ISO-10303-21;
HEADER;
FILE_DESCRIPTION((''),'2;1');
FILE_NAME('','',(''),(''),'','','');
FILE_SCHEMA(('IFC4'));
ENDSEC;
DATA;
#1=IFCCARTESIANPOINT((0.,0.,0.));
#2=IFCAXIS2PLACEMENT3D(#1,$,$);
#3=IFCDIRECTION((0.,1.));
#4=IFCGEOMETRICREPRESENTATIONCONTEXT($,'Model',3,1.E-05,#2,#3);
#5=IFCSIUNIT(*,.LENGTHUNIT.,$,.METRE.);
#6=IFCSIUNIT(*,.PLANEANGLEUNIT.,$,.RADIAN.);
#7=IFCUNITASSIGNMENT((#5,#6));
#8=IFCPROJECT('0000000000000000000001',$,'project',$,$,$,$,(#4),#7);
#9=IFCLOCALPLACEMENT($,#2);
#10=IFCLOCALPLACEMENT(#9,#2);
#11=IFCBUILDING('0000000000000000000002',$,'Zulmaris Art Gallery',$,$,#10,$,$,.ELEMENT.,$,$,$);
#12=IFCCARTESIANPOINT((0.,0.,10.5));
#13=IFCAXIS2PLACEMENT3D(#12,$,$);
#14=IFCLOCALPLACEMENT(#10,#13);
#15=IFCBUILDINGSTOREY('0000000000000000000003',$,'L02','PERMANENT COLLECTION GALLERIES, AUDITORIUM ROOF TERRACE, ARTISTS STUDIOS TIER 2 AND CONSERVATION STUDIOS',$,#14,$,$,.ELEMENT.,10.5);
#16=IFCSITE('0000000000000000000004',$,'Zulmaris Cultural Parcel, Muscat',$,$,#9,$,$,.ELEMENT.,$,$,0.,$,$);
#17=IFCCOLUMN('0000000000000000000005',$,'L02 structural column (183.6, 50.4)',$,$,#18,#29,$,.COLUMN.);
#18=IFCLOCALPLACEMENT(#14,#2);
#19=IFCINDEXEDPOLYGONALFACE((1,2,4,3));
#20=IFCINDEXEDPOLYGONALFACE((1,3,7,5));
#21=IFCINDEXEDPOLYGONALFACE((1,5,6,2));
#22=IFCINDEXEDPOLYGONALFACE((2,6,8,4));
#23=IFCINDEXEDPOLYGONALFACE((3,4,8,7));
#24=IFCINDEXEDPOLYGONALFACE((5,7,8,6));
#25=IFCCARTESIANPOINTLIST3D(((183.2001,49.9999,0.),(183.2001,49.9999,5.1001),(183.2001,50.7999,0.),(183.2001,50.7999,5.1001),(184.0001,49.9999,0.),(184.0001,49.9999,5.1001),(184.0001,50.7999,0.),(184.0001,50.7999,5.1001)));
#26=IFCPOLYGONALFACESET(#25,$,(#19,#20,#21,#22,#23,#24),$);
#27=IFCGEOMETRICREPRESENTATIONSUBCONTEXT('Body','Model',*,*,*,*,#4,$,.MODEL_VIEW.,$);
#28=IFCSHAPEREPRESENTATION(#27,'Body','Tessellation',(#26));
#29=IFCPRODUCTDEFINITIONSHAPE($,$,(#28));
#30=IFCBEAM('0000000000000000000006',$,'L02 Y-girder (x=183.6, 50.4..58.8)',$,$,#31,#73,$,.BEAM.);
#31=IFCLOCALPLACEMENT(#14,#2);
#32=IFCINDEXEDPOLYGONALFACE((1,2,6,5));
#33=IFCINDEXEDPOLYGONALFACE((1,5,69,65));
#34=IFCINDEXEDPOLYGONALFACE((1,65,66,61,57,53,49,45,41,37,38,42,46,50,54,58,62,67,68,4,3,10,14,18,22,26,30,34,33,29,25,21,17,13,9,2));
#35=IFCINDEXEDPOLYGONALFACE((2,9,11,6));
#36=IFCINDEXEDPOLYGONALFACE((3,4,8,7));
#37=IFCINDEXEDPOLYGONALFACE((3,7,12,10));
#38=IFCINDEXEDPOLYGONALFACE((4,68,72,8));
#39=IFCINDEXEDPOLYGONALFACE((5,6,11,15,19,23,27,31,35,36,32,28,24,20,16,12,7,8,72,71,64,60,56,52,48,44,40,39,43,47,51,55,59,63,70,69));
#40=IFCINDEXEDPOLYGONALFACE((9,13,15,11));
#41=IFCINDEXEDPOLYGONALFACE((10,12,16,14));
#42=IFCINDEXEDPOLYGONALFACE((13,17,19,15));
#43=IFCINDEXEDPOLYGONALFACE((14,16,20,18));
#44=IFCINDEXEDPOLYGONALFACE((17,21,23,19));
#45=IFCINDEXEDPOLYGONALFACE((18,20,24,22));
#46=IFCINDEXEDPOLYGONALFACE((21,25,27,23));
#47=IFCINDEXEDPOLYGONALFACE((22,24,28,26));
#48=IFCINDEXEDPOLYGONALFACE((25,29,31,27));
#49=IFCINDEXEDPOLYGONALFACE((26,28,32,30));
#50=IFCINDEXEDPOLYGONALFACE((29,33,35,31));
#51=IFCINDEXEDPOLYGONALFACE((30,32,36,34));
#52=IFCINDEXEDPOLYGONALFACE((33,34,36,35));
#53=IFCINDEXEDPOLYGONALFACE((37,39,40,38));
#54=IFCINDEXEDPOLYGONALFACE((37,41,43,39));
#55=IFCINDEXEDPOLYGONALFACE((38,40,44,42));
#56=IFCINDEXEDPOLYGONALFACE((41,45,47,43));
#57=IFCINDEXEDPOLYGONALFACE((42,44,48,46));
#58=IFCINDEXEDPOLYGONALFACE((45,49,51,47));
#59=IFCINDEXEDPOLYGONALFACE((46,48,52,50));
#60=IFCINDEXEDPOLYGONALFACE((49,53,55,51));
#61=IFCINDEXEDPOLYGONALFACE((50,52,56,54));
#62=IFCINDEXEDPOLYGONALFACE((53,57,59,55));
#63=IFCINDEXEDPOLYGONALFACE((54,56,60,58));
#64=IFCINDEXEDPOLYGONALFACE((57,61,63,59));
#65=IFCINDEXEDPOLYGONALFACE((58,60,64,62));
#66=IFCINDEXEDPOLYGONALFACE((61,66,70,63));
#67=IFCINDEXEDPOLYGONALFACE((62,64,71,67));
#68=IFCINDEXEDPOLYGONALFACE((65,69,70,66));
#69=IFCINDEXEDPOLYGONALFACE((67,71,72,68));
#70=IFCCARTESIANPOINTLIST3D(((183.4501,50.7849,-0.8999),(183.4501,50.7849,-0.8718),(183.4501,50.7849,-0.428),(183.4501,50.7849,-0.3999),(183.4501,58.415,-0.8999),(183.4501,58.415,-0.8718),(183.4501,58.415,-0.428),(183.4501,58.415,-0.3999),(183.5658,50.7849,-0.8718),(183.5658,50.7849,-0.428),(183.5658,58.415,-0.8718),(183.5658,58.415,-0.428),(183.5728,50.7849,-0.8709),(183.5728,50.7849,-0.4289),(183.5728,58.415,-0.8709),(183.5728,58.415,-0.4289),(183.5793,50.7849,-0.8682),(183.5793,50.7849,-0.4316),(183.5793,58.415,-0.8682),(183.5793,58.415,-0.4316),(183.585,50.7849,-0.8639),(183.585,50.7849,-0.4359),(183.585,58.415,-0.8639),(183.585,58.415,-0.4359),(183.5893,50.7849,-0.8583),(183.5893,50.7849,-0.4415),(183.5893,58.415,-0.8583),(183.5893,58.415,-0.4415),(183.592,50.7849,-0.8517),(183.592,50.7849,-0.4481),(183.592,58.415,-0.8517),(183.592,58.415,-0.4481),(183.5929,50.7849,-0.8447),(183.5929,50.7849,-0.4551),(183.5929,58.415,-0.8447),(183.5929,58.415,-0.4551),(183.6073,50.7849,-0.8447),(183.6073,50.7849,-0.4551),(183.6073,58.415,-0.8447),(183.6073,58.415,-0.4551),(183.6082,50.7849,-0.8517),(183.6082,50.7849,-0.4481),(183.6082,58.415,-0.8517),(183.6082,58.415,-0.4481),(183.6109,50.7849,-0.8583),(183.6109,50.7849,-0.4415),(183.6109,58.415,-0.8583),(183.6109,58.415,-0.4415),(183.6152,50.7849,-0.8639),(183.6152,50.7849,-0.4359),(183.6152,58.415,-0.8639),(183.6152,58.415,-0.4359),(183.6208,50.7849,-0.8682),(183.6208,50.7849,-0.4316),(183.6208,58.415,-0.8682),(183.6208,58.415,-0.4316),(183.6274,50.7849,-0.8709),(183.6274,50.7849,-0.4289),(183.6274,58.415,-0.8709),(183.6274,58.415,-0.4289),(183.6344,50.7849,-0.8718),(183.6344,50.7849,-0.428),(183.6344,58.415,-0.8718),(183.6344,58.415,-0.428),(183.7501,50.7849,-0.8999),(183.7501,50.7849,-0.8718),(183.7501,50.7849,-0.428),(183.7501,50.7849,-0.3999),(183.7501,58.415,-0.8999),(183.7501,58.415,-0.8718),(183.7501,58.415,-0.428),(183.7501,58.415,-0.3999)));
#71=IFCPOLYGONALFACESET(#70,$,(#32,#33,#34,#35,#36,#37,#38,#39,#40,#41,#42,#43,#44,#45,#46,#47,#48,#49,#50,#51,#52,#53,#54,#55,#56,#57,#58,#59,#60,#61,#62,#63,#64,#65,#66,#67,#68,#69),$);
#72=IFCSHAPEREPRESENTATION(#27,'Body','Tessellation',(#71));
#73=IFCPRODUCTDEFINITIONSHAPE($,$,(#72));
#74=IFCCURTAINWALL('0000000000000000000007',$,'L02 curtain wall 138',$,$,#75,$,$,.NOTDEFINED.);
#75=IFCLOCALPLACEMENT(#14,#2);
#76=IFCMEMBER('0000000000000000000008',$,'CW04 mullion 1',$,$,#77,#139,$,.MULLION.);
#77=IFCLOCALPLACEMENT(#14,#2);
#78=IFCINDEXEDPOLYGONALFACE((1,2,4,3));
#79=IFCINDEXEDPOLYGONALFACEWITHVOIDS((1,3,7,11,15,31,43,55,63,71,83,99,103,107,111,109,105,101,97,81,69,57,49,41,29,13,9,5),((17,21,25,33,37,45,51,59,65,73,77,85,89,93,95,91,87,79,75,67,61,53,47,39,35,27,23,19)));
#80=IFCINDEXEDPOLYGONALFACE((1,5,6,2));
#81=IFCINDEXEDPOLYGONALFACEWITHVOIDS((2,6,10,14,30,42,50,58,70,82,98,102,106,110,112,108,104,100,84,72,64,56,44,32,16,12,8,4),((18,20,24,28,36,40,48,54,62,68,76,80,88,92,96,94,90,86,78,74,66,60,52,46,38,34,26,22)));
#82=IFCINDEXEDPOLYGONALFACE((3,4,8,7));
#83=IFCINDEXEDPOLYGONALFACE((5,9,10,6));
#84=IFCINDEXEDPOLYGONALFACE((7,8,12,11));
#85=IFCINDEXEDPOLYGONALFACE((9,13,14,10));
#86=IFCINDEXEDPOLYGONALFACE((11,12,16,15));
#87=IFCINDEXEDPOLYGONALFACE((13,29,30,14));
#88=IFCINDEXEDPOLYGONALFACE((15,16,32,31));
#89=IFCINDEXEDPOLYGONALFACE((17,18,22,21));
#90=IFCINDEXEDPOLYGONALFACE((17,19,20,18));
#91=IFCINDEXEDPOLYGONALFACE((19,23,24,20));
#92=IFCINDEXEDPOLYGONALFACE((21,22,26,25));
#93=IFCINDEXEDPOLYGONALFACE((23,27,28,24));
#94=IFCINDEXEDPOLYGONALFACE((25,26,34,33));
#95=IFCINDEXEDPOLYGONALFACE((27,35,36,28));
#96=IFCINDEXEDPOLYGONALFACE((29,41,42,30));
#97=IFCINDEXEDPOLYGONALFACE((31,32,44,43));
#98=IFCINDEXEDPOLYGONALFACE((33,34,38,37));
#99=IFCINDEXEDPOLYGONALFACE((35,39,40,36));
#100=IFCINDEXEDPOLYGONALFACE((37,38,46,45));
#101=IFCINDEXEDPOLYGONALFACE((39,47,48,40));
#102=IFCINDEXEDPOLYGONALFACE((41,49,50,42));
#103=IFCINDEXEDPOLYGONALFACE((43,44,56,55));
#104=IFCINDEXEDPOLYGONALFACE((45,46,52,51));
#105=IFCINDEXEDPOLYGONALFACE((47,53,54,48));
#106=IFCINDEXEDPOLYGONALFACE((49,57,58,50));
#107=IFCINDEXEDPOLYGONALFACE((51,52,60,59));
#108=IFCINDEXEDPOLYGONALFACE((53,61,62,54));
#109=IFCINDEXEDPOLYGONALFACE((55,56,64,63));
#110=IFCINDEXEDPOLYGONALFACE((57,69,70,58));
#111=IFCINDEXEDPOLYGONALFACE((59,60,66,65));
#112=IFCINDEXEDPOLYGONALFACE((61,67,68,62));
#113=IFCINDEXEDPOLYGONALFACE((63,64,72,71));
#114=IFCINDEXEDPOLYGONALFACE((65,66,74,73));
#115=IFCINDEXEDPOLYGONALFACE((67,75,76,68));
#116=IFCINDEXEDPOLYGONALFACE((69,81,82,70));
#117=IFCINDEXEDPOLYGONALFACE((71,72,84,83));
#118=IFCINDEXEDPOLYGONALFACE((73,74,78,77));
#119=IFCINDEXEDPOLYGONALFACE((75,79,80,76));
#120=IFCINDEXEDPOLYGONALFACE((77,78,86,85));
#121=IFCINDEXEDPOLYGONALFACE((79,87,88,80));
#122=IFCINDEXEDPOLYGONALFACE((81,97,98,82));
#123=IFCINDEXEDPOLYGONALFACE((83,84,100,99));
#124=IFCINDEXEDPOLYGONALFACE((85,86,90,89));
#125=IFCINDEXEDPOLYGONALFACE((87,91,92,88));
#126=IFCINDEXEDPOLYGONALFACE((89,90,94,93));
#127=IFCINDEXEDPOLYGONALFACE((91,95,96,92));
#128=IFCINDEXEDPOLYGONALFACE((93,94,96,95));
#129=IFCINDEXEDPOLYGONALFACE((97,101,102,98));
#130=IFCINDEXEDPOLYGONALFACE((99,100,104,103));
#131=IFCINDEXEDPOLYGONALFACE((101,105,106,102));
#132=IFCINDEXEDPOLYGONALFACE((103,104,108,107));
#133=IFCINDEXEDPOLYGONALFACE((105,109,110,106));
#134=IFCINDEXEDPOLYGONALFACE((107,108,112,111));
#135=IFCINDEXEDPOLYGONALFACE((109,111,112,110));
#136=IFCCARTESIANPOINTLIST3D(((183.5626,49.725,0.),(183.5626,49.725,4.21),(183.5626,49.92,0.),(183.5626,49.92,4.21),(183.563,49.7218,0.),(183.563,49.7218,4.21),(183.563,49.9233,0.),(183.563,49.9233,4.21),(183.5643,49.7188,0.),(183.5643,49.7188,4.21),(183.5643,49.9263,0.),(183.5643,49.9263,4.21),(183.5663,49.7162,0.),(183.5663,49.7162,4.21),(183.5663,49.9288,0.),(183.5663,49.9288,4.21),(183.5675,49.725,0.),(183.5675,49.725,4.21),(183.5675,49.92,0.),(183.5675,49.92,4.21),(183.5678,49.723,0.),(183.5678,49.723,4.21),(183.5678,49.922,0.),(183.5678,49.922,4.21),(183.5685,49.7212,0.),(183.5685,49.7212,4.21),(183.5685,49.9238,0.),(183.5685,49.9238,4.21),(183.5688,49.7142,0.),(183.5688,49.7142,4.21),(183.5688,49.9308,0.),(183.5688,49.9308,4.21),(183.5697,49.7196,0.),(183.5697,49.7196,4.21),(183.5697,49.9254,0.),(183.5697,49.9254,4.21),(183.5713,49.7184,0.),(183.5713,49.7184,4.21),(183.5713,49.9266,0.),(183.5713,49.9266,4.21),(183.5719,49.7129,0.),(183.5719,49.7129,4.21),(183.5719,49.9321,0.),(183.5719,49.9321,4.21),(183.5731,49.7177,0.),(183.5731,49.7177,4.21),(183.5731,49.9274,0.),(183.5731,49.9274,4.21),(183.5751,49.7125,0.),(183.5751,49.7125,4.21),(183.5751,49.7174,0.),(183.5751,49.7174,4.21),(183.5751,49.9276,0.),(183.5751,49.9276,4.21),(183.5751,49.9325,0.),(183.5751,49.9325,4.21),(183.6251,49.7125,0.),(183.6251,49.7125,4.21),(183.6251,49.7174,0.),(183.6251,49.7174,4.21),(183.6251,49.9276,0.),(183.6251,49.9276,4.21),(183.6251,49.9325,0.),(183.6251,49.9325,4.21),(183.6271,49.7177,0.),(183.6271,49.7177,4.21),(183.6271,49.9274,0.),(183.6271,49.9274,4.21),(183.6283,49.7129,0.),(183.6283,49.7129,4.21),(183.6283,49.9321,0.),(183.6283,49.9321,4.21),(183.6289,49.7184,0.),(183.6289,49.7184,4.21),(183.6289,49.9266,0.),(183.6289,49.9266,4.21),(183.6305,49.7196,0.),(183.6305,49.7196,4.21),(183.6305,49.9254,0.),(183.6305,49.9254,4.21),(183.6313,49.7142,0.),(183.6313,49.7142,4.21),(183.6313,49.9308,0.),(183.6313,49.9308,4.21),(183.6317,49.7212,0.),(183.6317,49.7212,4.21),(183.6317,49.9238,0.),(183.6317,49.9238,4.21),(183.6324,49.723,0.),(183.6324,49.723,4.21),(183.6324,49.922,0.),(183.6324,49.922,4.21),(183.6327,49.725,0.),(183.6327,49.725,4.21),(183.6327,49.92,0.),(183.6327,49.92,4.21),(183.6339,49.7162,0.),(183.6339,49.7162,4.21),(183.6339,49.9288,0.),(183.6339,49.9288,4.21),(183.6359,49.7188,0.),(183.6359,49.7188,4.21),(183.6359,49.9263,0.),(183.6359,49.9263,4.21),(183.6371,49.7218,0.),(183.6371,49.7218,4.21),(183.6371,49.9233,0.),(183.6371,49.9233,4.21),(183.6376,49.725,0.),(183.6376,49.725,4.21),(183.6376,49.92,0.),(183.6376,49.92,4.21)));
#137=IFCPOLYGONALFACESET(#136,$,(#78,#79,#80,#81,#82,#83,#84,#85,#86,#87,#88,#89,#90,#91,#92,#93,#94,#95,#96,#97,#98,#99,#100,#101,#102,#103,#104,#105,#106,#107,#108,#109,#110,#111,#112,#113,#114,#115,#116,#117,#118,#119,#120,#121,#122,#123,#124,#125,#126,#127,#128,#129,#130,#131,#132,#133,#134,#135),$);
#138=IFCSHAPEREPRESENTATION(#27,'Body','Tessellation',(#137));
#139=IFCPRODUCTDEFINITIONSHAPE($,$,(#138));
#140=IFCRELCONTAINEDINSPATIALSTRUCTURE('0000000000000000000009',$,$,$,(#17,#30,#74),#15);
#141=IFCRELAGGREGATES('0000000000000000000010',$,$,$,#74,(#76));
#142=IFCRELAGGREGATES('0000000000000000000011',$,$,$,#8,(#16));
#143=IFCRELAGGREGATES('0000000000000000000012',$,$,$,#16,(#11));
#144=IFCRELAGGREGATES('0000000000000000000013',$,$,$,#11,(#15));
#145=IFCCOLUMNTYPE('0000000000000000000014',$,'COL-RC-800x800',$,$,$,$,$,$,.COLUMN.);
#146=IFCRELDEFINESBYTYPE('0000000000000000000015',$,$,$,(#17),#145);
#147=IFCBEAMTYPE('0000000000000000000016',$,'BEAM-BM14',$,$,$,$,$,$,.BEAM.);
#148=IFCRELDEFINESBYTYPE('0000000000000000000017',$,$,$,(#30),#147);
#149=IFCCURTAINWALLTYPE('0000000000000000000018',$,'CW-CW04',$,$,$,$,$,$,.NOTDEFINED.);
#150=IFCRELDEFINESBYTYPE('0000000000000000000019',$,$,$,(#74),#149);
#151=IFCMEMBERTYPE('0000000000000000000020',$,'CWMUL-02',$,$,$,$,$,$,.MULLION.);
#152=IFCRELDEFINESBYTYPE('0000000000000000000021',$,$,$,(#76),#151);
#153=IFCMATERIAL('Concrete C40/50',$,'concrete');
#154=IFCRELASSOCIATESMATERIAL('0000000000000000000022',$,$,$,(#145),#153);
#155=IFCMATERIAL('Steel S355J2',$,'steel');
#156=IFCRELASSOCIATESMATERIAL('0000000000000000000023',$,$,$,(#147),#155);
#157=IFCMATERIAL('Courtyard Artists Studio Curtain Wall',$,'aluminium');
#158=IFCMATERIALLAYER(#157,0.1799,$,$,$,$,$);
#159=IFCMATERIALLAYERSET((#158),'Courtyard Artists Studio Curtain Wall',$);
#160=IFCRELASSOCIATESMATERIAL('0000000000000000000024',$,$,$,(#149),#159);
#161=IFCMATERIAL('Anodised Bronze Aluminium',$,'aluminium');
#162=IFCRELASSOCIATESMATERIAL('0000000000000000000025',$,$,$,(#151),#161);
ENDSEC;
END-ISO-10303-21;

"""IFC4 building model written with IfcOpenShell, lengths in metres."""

from ifc_helpers import new_model, si_unit, direction, frame, origin, origin_2d, place, context, subcontext, project, spatial, rectangle, hollow_rectangle, i_section, extrude, material, layer, layer_set, material_profile, profile_set, type_object, element, aggregate, save


model = new_model("IFC4")

# Units and contexts
model_context = context("Model", 3, precision=1e-05, world=origin(), true_north=direction((0.0, 1.0)))
body_context = subcontext(model_context, "Body", "Model", "MODEL_VIEW")
ifc_project = project(units=[si_unit("LENGTHUNIT", "METRE"), si_unit("PLANEANGLEUNIT", "RADIAN")], contexts=[model_context])

# Site, building, storey
site_placement = place(None, origin())
site = spatial("IfcSite", under=ifc_project, at=site_placement, Name="Zulmaris Cultural Parcel, Muscat", CompositionType="ELEMENT", RefElevation=0.0)
building_placement = place(site_placement, origin())
building = spatial("IfcBuilding", under=site, at=building_placement, Name="Zulmaris Art Gallery", CompositionType="ELEMENT")
storey_placement = place(building_placement, frame((0.0, 0.0, 10.5)))
storey = spatial("IfcBuildingStorey", under=building, at=storey_placement, Name="L02", Description="PERMANENT COLLECTION GALLERIES, AUDITORIUM ROOF TERRACE, ARTISTS STUDIOS TIER 2 AND CONSERVATION STUDIOS", CompositionType="ELEMENT", Elevation=10.5)

# Column
ifc_material_1 = material(Name="Concrete C40/50", Category="concrete")
ifc_material_profile_1 = material_profile(ifc_material_1, rectangle(XDim=0.8, YDim=0.8, at=origin_2d()), Name="RC 800x800")
ifc_profile_set_1 = profile_set([ifc_material_profile_1], Name="Concrete C40/50")
column_type = type_object("IfcColumnType", Name="COL-RC-800x800", PredefinedType="COLUMN", material=ifc_profile_set_1)
column_placement = place(storey_placement, frame((183.6001, 50.3999, 0.0), z_axis=(0.0, 0.0, 1.0), x_axis=(1.0, 0.0, 0.0)))
element("IfcColumn", 1, at=column_placement, inside=storey, type_object=column_type, Name="L02 structural column (183.6, 50.4)", PredefinedType="COLUMN", context=body_context, shape_type="SweptSolid", body=[
    extrude(rectangle(XDim=0.8, YDim=0.8, at=origin_2d()), origin(), (0.0, 0.0, 1.0), 5.1001),
])

# Beam
ifc_material_2 = material(Name="Steel S355J2", Category="steel")
ifc_material_profile_2 = material_profile(ifc_material_2, i_section(OverallWidth=0.3, OverallDepth=0.5, WebThickness=0.0144, FlangeThickness=0.0281, FilletRadius=0.0271, at=origin_2d()), Name="HEB 500")
ifc_profile_set_2 = profile_set([ifc_material_profile_2], Name="Steel S355J2")
beam_type = type_object("IfcBeamType", Name="BEAM-BM14", PredefinedType="BEAM", material=ifc_profile_set_2)
beam_placement = place(storey_placement, frame((183.6001, 50.7849, -0.6499), z_axis=(0.0, 1.0, 0.0), x_axis=(-1.0, 0.0, 0.0)))
element("IfcBeam", 2, at=beam_placement, inside=storey, type_object=beam_type, Name="L02 Y-girder (x=183.6, 50.4..58.8)", PredefinedType="BEAM", context=body_context, shape_type="SweptSolid", body=[
    extrude(i_section(OverallWidth=0.3, OverallDepth=0.5, WebThickness=0.0144, FlangeThickness=0.0281, FilletRadius=0.0271, at=origin_2d()), origin(), (0.0, 0.0, 1.0), 7.6301),
])

# Curtain wall, member
ifc_material_3 = material(Name="Courtyard Artists Studio Curtain Wall", Category="aluminium")
ifc_layer_1 = layer(ifc_material_3, 0.1799)
ifc_layer_set_1 = layer_set([ifc_layer_1], Name="Courtyard Artists Studio Curtain Wall")
curtain_wall_type = type_object("IfcCurtainWallType", Name="CW-CW04", PredefinedType="NOTDEFINED", material=ifc_layer_set_1)
curtain_wall_1_placement = place(storey_placement, origin())
curtain_wall_1 = element("IfcCurtainWall", 3, at=curtain_wall_1_placement, inside=storey, type_object=curtain_wall_type, Name="L02 curtain wall 138", PredefinedType="NOTDEFINED")
ifc_material_4 = material(Name="Anodised Bronze Aluminium", Category="aluminium")
ifc_material_profile_3 = material_profile(ifc_material_4, hollow_rectangle(XDim=0.075, YDim=0.22, WallThickness=0.0049, InnerFilletRadius=0.0076, OuterFilletRadius=0.0125, at=origin_2d()), Name="ALU 75x220x5")
ifc_profile_set_3 = profile_set([ifc_material_profile_3], Name="Anodised Bronze Aluminium")
member_type_1 = type_object("IfcMemberType", Name="CWMUL-02", PredefinedType="MULLION", material=ifc_profile_set_3)
member_1_placement = place(storey_placement, frame((183.6001, 49.8225, 0.0), z_axis=(0.0, 0.0, 1.0), x_axis=(1.0, 0.0, 0.0)))
member_1 = element("IfcMember", 4, at=member_1_placement, type_object=member_type_1, Name="CW04 mullion 1", PredefinedType="MULLION", context=body_context, shape_type="SweptSolid", body=[
    extrude(hollow_rectangle(XDim=0.075, YDim=0.22, WallThickness=0.0049, InnerFilletRadius=0.0076, OuterFilletRadius=0.0125, at=origin_2d()), origin(), (0.0, 0.0, 1.0), 4.21),
])

aggregate(curtain_wall_1, [member_1])

save(model, "model.ifc")
